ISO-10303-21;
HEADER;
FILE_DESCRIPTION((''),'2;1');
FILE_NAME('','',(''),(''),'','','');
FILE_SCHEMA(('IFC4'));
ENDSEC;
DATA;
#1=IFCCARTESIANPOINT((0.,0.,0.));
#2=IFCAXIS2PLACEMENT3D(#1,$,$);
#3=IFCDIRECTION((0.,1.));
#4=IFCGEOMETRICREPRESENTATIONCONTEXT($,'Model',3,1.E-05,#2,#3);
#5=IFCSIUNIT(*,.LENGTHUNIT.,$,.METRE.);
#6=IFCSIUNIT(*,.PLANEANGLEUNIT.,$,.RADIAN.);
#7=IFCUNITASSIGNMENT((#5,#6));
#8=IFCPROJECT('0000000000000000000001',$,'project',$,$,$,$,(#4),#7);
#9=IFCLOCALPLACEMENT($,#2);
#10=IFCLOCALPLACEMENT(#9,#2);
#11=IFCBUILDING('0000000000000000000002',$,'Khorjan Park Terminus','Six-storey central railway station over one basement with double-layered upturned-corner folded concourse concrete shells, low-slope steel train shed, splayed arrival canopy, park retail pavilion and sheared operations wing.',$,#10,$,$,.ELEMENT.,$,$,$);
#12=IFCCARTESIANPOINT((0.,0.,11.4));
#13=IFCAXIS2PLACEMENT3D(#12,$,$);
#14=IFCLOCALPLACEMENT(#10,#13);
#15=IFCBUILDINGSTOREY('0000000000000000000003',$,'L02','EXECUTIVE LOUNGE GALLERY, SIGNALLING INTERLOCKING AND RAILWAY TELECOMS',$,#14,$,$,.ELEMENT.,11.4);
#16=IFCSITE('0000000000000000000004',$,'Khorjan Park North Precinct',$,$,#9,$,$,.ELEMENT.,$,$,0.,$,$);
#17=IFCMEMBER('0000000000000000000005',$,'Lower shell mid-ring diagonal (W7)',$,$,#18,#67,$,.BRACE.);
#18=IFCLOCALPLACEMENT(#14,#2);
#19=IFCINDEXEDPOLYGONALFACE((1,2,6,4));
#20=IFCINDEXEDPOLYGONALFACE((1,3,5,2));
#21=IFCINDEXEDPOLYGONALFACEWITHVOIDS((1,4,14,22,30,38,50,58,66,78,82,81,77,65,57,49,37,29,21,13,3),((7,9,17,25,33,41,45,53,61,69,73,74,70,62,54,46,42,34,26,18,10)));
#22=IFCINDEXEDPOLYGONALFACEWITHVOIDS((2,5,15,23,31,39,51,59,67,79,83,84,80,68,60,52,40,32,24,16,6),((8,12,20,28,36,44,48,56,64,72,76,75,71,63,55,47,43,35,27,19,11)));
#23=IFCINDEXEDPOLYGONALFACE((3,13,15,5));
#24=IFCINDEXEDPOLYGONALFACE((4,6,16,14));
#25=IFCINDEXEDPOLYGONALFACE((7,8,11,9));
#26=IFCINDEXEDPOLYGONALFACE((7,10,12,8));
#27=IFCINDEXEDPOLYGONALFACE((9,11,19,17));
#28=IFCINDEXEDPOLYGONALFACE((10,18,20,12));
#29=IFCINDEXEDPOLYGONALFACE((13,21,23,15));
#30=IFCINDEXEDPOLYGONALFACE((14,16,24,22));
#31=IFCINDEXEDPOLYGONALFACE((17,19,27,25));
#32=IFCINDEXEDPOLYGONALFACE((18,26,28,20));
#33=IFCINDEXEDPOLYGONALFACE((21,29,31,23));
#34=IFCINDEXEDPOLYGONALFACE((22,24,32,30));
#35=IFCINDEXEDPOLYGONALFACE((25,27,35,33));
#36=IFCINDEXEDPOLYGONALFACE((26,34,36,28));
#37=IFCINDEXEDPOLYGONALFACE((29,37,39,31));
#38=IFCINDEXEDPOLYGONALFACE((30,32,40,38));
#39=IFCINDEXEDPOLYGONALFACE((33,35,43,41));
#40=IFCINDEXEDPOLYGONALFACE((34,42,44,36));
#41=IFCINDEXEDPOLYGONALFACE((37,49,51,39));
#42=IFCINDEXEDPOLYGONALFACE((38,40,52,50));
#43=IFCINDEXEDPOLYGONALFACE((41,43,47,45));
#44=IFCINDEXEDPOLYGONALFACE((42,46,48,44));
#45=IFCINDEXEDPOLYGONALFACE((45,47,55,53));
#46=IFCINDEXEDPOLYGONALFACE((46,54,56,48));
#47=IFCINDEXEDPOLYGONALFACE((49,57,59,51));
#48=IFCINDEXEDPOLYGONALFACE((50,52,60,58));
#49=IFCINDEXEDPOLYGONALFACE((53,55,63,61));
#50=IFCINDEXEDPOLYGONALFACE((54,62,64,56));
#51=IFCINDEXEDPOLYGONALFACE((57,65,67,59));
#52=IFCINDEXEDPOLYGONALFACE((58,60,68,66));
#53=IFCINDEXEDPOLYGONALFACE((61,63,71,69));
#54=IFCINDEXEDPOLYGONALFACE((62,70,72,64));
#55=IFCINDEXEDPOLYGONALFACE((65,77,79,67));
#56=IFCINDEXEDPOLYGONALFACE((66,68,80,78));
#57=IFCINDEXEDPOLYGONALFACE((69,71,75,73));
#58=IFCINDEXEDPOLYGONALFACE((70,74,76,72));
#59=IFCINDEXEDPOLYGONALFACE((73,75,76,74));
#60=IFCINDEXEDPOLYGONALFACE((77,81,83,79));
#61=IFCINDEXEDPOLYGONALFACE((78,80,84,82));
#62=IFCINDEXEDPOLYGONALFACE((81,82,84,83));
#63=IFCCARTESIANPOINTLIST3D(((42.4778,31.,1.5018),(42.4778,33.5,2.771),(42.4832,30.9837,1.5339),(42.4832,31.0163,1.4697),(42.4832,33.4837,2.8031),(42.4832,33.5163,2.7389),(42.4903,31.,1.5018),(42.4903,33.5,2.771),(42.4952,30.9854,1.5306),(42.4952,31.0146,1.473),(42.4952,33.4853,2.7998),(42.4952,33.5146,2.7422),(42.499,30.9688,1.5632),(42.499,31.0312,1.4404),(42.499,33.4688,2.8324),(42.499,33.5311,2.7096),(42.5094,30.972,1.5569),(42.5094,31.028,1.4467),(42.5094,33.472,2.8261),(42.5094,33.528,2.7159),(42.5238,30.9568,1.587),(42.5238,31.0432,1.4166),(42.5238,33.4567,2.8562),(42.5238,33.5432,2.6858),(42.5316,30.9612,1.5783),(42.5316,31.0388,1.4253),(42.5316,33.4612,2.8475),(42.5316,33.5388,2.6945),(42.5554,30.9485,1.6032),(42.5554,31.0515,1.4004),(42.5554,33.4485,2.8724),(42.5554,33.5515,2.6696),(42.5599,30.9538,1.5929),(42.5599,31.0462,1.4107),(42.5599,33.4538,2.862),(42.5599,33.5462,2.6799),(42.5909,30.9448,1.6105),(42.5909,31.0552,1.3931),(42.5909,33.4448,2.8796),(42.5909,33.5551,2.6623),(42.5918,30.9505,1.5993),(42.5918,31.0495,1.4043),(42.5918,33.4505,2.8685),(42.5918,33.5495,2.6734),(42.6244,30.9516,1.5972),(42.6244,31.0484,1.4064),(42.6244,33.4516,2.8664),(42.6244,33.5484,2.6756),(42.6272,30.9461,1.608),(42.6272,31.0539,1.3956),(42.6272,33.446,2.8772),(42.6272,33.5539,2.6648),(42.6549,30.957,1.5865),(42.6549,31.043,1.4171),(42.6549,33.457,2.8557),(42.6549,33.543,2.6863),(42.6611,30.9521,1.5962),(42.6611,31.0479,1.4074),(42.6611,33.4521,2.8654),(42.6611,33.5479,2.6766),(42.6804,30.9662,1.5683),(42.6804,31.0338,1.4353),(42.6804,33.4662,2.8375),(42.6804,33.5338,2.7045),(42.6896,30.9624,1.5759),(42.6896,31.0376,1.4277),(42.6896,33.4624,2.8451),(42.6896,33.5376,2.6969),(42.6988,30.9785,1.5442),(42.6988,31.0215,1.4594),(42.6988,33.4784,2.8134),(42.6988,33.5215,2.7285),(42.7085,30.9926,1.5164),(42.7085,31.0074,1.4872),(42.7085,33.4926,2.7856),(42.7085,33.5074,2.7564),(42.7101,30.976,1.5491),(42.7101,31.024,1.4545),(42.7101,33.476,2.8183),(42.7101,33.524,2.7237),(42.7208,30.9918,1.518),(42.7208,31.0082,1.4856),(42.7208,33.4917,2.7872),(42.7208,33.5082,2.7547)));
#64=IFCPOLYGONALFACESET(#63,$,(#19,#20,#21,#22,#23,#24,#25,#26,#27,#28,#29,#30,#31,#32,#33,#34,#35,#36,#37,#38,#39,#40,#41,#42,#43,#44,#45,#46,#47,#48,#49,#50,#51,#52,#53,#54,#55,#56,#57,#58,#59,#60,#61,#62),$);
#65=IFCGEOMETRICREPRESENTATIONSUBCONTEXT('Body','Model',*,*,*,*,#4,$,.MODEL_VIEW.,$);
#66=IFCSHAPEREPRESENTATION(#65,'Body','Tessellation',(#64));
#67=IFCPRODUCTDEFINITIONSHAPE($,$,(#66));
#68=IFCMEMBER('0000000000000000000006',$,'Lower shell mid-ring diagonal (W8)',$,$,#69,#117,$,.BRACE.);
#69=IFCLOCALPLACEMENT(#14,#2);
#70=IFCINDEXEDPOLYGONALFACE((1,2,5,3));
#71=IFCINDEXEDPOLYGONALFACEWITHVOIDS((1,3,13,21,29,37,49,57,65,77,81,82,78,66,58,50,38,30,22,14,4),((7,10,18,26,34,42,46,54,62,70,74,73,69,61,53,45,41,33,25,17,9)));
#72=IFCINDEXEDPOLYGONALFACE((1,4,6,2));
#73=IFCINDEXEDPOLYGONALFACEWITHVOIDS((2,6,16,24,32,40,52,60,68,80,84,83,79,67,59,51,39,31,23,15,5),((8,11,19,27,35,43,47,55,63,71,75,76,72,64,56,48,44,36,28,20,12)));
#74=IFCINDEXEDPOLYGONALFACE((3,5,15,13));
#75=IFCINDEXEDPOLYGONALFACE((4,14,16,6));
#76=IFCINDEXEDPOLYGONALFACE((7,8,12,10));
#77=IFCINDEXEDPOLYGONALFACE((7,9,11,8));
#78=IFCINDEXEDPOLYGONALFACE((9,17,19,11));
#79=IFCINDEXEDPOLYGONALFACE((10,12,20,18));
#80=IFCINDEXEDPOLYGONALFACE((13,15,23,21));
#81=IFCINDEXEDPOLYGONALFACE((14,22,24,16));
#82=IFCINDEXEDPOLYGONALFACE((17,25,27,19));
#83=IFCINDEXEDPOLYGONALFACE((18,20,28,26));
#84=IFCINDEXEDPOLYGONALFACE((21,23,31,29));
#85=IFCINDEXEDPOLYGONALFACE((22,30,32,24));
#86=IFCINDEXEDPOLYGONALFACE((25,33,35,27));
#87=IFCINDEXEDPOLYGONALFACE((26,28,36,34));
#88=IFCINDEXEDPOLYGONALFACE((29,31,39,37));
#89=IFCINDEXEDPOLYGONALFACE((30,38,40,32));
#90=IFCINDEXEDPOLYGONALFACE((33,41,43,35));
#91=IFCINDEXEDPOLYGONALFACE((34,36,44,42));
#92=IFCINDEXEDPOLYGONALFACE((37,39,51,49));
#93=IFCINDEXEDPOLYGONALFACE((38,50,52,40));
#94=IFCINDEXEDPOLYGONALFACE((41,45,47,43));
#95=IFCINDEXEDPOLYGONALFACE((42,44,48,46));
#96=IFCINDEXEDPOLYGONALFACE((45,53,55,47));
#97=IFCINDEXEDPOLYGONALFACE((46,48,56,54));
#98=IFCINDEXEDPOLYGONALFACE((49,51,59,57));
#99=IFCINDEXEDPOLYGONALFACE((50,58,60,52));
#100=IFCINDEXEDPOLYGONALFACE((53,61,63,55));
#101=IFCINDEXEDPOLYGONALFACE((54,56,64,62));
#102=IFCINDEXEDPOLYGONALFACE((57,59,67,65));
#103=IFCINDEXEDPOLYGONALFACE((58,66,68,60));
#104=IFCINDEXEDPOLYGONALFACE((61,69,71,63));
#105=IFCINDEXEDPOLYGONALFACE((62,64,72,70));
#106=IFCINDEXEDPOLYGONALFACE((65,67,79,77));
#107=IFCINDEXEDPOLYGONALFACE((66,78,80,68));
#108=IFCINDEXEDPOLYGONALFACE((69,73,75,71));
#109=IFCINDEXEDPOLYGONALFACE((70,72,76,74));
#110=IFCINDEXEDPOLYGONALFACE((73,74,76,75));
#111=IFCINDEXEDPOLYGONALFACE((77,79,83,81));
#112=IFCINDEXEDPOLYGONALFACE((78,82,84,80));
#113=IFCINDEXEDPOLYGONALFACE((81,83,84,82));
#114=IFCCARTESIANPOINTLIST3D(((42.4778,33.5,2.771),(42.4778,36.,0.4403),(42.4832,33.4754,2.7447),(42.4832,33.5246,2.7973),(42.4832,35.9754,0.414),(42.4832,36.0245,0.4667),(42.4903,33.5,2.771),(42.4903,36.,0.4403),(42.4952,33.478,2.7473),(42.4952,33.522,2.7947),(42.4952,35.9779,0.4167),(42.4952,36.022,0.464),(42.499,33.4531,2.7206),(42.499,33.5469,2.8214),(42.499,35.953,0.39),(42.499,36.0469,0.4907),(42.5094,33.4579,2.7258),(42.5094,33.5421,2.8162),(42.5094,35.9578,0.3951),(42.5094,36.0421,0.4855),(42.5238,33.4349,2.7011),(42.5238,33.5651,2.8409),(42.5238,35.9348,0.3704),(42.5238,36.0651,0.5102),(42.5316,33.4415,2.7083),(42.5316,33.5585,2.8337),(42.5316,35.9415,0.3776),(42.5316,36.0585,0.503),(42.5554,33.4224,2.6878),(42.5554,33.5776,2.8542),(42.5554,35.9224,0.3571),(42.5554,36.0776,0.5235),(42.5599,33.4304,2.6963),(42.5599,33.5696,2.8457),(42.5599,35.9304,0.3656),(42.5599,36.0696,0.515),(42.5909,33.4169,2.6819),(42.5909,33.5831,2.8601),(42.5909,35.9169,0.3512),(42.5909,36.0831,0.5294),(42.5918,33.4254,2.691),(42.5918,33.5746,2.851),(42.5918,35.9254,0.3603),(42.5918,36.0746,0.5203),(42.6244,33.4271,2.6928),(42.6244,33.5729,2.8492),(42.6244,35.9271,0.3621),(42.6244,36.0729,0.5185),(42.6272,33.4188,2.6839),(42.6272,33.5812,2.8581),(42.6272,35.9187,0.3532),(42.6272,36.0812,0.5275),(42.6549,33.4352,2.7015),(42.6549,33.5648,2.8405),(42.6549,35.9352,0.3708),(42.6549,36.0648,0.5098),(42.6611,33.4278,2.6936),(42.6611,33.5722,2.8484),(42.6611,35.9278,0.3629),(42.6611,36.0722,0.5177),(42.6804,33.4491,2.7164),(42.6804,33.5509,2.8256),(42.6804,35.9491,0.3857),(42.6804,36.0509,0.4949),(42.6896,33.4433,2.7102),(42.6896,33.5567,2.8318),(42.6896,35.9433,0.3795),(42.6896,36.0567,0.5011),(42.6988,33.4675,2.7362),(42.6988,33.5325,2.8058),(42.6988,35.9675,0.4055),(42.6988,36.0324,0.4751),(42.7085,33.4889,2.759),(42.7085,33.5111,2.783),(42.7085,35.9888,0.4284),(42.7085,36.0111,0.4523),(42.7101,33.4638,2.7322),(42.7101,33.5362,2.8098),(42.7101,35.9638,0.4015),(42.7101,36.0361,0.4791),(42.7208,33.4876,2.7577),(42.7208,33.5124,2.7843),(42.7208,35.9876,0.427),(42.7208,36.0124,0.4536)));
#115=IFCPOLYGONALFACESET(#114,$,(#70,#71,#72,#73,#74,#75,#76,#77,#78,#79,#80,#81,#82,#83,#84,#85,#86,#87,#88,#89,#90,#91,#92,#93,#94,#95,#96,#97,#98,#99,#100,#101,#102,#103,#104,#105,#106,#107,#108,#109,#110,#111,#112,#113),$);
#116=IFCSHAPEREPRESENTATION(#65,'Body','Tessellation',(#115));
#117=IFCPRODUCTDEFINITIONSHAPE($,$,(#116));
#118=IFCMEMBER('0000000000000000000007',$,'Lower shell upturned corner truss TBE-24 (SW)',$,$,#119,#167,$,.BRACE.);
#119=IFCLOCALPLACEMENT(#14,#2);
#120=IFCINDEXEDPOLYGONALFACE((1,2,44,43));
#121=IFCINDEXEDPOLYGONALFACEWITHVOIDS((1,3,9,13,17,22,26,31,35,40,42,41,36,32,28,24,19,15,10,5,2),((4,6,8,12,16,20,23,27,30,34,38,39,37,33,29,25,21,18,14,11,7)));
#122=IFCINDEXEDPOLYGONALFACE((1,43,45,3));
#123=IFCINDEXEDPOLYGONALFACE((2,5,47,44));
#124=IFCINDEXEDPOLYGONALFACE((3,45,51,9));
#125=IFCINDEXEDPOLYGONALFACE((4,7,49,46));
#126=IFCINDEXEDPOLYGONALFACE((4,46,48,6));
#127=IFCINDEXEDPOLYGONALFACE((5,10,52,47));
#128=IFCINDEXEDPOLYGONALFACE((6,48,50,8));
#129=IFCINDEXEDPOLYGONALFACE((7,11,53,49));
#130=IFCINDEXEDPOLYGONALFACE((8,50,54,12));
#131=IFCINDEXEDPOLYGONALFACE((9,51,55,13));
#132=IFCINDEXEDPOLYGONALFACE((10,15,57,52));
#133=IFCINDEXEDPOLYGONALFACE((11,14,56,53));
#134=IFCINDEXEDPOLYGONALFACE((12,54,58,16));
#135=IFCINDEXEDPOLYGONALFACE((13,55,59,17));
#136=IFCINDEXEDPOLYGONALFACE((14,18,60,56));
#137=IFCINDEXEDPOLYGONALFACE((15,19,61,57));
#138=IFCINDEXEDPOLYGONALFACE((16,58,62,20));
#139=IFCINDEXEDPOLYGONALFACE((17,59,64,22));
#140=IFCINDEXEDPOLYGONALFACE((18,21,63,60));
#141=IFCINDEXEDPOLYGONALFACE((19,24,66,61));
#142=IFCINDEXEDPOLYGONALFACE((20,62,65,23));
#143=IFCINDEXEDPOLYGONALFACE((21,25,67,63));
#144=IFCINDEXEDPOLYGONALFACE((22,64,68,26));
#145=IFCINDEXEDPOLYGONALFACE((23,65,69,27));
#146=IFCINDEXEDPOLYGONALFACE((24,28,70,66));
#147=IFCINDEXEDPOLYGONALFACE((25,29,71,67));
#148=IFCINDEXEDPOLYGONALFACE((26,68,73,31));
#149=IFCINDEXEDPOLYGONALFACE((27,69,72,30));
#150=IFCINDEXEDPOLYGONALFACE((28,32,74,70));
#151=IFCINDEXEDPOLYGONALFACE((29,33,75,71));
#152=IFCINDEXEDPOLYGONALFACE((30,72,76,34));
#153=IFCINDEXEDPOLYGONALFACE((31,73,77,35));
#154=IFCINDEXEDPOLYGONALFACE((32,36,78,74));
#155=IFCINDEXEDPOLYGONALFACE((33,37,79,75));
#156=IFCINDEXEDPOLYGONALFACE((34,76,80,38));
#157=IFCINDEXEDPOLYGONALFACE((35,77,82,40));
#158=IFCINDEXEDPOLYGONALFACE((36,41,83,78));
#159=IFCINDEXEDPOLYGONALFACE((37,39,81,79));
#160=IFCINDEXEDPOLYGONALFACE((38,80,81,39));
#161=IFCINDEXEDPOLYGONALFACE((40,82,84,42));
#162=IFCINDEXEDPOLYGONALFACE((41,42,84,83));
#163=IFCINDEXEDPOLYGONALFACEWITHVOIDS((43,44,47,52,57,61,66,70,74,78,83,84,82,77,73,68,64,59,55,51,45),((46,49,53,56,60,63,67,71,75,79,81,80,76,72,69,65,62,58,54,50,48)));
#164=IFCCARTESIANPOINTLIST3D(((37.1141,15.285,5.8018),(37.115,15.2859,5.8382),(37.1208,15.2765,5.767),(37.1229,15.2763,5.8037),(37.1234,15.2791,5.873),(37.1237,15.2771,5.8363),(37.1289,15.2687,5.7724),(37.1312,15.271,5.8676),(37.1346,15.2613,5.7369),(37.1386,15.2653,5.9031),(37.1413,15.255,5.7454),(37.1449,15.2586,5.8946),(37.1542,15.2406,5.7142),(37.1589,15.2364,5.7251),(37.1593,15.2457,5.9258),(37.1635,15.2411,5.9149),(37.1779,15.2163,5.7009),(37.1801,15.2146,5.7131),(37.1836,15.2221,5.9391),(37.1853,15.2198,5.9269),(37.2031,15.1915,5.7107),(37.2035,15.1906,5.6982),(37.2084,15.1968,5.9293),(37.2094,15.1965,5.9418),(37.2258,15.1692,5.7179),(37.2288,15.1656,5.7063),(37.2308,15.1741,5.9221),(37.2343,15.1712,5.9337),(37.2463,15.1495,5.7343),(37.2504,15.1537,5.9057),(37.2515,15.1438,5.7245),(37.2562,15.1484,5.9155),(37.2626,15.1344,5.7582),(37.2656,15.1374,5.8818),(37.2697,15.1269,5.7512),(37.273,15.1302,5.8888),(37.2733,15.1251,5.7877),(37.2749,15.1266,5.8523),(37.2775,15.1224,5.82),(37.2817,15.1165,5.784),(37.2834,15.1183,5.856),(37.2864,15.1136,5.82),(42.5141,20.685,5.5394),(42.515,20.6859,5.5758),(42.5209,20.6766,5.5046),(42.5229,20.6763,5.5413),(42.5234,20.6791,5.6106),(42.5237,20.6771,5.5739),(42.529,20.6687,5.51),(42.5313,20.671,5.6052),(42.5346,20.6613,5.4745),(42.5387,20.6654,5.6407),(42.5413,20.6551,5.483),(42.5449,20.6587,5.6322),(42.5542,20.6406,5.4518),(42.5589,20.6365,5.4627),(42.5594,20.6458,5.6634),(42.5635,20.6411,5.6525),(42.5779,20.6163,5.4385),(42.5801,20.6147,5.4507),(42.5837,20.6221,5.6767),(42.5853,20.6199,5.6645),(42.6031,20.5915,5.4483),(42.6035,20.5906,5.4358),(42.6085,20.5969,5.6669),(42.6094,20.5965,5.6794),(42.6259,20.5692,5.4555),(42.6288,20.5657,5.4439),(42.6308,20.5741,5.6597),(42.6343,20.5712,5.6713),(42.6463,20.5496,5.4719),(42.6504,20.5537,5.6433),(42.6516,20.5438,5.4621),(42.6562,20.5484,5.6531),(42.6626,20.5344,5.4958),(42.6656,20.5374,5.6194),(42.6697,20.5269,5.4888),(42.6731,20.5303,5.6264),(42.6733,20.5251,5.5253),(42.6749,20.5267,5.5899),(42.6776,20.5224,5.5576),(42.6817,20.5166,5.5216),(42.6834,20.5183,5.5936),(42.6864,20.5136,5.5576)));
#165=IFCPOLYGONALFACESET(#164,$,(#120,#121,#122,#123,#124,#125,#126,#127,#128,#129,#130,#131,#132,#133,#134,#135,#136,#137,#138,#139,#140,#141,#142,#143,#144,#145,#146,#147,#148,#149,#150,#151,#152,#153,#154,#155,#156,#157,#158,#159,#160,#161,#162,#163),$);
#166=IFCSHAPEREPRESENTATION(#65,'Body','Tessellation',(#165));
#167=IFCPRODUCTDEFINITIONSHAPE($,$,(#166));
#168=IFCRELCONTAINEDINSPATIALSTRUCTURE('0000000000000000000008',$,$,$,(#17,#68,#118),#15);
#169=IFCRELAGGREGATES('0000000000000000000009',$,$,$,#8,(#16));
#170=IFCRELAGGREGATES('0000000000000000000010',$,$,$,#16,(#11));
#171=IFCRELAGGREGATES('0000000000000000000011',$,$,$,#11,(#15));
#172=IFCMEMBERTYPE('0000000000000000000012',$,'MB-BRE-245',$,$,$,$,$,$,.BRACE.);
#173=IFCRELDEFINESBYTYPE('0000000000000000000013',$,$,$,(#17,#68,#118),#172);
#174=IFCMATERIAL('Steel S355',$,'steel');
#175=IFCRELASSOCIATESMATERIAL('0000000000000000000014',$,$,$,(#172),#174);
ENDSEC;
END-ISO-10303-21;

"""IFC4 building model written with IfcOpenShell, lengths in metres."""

from ifc_helpers import new_model, si_unit, direction, frame, origin, origin_2d, place, context, subcontext, project, spatial, hollow_circle, extrude, material, material_profile, profile_set, type_object, element, save


model = new_model("IFC4")

# Units and contexts
model_context = context("Model", 3, precision=1e-05, world=origin(), true_north=direction((0.0, 1.0)))
body_context = subcontext(model_context, "Body", "Model", "MODEL_VIEW")
ifc_project = project(units=[si_unit("LENGTHUNIT", "METRE"), si_unit("PLANEANGLEUNIT", "RADIAN")], contexts=[model_context])

# Site, building, storey
site_placement = place(None, origin())
site = spatial("IfcSite", under=ifc_project, at=site_placement, Name="Khorjan Park North Precinct", CompositionType="ELEMENT", RefElevation=0.0)
building_placement = place(site_placement, origin())
building = spatial("IfcBuilding", under=site, at=building_placement, Name="Khorjan Park Terminus", Description="Six-storey central railway station over one basement with double-layered upturned-corner folded concourse concrete shells, low-slope steel train shed, splayed arrival canopy, park retail pavilion and sheared operations wing.", CompositionType="ELEMENT")
storey_placement = place(building_placement, frame((0.0, 0.0, 11.4)))
storey = spatial("IfcBuildingStorey", under=building, at=storey_placement, Name="L02", Description="EXECUTIVE LOUNGE GALLERY, SIGNALLING INTERLOCKING AND RAILWAY TELECOMS", CompositionType="ELEMENT", Elevation=11.4)

# Members
ifc_material_1 = material(Name="Steel S355", Category="steel")
ifc_material_profile_1 = material_profile(ifc_material_1, hollow_circle(Radius=0.1222, WallThickness=0.0125, at=origin_2d()), Name="CHS 244.5x12.5")
ifc_profile_set_1 = profile_set([ifc_material_profile_1], Name="Steel S355")
member_type_1 = type_object("IfcMemberType", Name="MB-BRE-245", PredefinedType="BRACE", material=ifc_profile_set_1)
member_1_placement = place(storey_placement, frame((42.6, 31.0, 1.5018), z_axis=(0.0, 0.891671, 0.452684), x_axis=(-1.0, 0.0, 0.0)))
element("IfcMember", 1, at=member_1_placement, inside=storey, type_object=member_type_1, Name="Lower shell mid-ring diagonal (W7)", PredefinedType="BRACE", context=body_context, shape_type="SweptSolid", body=[
    extrude(hollow_circle(Radius=0.1222, WallThickness=0.0125, at=origin_2d()), origin(), (0.0, 0.0, 1.0), 2.8037),
])
member_2_placement = place(storey_placement, frame((42.6, 33.5, 2.771), z_axis=(0.0, 0.731439, -0.681906), x_axis=(-1.0, 0.0, 0.0)))
element("IfcMember", 2, at=member_2_placement, inside=storey, type_object=member_type_1, Name="Lower shell mid-ring diagonal (W8)", PredefinedType="BRACE", context=body_context, shape_type="SweptSolid", body=[
    extrude(hollow_circle(Radius=0.1222, WallThickness=0.0125, at=origin_2d()), origin(), (0.0, 0.0, 1.0), 3.4179),
])
member_3_placement = place(storey_placement, frame((42.6, 20.6, 5.5576), z_axis=(-0.70669, -0.70669, 0.03434), x_axis=(0.707107, -0.707107, 0.0)))
element("IfcMember", 3, at=member_3_placement, inside=storey, type_object=member_type_1, Name="Lower shell upturned corner truss TBE-24 (SW)", PredefinedType="BRACE", context=body_context, shape_type="SweptSolid", body=[
    extrude(hollow_circle(Radius=0.1222, WallThickness=0.0125, at=origin_2d()), origin(), (0.0, 0.0, 1.0), 7.6413),
])

save(model, "model.ifc")
